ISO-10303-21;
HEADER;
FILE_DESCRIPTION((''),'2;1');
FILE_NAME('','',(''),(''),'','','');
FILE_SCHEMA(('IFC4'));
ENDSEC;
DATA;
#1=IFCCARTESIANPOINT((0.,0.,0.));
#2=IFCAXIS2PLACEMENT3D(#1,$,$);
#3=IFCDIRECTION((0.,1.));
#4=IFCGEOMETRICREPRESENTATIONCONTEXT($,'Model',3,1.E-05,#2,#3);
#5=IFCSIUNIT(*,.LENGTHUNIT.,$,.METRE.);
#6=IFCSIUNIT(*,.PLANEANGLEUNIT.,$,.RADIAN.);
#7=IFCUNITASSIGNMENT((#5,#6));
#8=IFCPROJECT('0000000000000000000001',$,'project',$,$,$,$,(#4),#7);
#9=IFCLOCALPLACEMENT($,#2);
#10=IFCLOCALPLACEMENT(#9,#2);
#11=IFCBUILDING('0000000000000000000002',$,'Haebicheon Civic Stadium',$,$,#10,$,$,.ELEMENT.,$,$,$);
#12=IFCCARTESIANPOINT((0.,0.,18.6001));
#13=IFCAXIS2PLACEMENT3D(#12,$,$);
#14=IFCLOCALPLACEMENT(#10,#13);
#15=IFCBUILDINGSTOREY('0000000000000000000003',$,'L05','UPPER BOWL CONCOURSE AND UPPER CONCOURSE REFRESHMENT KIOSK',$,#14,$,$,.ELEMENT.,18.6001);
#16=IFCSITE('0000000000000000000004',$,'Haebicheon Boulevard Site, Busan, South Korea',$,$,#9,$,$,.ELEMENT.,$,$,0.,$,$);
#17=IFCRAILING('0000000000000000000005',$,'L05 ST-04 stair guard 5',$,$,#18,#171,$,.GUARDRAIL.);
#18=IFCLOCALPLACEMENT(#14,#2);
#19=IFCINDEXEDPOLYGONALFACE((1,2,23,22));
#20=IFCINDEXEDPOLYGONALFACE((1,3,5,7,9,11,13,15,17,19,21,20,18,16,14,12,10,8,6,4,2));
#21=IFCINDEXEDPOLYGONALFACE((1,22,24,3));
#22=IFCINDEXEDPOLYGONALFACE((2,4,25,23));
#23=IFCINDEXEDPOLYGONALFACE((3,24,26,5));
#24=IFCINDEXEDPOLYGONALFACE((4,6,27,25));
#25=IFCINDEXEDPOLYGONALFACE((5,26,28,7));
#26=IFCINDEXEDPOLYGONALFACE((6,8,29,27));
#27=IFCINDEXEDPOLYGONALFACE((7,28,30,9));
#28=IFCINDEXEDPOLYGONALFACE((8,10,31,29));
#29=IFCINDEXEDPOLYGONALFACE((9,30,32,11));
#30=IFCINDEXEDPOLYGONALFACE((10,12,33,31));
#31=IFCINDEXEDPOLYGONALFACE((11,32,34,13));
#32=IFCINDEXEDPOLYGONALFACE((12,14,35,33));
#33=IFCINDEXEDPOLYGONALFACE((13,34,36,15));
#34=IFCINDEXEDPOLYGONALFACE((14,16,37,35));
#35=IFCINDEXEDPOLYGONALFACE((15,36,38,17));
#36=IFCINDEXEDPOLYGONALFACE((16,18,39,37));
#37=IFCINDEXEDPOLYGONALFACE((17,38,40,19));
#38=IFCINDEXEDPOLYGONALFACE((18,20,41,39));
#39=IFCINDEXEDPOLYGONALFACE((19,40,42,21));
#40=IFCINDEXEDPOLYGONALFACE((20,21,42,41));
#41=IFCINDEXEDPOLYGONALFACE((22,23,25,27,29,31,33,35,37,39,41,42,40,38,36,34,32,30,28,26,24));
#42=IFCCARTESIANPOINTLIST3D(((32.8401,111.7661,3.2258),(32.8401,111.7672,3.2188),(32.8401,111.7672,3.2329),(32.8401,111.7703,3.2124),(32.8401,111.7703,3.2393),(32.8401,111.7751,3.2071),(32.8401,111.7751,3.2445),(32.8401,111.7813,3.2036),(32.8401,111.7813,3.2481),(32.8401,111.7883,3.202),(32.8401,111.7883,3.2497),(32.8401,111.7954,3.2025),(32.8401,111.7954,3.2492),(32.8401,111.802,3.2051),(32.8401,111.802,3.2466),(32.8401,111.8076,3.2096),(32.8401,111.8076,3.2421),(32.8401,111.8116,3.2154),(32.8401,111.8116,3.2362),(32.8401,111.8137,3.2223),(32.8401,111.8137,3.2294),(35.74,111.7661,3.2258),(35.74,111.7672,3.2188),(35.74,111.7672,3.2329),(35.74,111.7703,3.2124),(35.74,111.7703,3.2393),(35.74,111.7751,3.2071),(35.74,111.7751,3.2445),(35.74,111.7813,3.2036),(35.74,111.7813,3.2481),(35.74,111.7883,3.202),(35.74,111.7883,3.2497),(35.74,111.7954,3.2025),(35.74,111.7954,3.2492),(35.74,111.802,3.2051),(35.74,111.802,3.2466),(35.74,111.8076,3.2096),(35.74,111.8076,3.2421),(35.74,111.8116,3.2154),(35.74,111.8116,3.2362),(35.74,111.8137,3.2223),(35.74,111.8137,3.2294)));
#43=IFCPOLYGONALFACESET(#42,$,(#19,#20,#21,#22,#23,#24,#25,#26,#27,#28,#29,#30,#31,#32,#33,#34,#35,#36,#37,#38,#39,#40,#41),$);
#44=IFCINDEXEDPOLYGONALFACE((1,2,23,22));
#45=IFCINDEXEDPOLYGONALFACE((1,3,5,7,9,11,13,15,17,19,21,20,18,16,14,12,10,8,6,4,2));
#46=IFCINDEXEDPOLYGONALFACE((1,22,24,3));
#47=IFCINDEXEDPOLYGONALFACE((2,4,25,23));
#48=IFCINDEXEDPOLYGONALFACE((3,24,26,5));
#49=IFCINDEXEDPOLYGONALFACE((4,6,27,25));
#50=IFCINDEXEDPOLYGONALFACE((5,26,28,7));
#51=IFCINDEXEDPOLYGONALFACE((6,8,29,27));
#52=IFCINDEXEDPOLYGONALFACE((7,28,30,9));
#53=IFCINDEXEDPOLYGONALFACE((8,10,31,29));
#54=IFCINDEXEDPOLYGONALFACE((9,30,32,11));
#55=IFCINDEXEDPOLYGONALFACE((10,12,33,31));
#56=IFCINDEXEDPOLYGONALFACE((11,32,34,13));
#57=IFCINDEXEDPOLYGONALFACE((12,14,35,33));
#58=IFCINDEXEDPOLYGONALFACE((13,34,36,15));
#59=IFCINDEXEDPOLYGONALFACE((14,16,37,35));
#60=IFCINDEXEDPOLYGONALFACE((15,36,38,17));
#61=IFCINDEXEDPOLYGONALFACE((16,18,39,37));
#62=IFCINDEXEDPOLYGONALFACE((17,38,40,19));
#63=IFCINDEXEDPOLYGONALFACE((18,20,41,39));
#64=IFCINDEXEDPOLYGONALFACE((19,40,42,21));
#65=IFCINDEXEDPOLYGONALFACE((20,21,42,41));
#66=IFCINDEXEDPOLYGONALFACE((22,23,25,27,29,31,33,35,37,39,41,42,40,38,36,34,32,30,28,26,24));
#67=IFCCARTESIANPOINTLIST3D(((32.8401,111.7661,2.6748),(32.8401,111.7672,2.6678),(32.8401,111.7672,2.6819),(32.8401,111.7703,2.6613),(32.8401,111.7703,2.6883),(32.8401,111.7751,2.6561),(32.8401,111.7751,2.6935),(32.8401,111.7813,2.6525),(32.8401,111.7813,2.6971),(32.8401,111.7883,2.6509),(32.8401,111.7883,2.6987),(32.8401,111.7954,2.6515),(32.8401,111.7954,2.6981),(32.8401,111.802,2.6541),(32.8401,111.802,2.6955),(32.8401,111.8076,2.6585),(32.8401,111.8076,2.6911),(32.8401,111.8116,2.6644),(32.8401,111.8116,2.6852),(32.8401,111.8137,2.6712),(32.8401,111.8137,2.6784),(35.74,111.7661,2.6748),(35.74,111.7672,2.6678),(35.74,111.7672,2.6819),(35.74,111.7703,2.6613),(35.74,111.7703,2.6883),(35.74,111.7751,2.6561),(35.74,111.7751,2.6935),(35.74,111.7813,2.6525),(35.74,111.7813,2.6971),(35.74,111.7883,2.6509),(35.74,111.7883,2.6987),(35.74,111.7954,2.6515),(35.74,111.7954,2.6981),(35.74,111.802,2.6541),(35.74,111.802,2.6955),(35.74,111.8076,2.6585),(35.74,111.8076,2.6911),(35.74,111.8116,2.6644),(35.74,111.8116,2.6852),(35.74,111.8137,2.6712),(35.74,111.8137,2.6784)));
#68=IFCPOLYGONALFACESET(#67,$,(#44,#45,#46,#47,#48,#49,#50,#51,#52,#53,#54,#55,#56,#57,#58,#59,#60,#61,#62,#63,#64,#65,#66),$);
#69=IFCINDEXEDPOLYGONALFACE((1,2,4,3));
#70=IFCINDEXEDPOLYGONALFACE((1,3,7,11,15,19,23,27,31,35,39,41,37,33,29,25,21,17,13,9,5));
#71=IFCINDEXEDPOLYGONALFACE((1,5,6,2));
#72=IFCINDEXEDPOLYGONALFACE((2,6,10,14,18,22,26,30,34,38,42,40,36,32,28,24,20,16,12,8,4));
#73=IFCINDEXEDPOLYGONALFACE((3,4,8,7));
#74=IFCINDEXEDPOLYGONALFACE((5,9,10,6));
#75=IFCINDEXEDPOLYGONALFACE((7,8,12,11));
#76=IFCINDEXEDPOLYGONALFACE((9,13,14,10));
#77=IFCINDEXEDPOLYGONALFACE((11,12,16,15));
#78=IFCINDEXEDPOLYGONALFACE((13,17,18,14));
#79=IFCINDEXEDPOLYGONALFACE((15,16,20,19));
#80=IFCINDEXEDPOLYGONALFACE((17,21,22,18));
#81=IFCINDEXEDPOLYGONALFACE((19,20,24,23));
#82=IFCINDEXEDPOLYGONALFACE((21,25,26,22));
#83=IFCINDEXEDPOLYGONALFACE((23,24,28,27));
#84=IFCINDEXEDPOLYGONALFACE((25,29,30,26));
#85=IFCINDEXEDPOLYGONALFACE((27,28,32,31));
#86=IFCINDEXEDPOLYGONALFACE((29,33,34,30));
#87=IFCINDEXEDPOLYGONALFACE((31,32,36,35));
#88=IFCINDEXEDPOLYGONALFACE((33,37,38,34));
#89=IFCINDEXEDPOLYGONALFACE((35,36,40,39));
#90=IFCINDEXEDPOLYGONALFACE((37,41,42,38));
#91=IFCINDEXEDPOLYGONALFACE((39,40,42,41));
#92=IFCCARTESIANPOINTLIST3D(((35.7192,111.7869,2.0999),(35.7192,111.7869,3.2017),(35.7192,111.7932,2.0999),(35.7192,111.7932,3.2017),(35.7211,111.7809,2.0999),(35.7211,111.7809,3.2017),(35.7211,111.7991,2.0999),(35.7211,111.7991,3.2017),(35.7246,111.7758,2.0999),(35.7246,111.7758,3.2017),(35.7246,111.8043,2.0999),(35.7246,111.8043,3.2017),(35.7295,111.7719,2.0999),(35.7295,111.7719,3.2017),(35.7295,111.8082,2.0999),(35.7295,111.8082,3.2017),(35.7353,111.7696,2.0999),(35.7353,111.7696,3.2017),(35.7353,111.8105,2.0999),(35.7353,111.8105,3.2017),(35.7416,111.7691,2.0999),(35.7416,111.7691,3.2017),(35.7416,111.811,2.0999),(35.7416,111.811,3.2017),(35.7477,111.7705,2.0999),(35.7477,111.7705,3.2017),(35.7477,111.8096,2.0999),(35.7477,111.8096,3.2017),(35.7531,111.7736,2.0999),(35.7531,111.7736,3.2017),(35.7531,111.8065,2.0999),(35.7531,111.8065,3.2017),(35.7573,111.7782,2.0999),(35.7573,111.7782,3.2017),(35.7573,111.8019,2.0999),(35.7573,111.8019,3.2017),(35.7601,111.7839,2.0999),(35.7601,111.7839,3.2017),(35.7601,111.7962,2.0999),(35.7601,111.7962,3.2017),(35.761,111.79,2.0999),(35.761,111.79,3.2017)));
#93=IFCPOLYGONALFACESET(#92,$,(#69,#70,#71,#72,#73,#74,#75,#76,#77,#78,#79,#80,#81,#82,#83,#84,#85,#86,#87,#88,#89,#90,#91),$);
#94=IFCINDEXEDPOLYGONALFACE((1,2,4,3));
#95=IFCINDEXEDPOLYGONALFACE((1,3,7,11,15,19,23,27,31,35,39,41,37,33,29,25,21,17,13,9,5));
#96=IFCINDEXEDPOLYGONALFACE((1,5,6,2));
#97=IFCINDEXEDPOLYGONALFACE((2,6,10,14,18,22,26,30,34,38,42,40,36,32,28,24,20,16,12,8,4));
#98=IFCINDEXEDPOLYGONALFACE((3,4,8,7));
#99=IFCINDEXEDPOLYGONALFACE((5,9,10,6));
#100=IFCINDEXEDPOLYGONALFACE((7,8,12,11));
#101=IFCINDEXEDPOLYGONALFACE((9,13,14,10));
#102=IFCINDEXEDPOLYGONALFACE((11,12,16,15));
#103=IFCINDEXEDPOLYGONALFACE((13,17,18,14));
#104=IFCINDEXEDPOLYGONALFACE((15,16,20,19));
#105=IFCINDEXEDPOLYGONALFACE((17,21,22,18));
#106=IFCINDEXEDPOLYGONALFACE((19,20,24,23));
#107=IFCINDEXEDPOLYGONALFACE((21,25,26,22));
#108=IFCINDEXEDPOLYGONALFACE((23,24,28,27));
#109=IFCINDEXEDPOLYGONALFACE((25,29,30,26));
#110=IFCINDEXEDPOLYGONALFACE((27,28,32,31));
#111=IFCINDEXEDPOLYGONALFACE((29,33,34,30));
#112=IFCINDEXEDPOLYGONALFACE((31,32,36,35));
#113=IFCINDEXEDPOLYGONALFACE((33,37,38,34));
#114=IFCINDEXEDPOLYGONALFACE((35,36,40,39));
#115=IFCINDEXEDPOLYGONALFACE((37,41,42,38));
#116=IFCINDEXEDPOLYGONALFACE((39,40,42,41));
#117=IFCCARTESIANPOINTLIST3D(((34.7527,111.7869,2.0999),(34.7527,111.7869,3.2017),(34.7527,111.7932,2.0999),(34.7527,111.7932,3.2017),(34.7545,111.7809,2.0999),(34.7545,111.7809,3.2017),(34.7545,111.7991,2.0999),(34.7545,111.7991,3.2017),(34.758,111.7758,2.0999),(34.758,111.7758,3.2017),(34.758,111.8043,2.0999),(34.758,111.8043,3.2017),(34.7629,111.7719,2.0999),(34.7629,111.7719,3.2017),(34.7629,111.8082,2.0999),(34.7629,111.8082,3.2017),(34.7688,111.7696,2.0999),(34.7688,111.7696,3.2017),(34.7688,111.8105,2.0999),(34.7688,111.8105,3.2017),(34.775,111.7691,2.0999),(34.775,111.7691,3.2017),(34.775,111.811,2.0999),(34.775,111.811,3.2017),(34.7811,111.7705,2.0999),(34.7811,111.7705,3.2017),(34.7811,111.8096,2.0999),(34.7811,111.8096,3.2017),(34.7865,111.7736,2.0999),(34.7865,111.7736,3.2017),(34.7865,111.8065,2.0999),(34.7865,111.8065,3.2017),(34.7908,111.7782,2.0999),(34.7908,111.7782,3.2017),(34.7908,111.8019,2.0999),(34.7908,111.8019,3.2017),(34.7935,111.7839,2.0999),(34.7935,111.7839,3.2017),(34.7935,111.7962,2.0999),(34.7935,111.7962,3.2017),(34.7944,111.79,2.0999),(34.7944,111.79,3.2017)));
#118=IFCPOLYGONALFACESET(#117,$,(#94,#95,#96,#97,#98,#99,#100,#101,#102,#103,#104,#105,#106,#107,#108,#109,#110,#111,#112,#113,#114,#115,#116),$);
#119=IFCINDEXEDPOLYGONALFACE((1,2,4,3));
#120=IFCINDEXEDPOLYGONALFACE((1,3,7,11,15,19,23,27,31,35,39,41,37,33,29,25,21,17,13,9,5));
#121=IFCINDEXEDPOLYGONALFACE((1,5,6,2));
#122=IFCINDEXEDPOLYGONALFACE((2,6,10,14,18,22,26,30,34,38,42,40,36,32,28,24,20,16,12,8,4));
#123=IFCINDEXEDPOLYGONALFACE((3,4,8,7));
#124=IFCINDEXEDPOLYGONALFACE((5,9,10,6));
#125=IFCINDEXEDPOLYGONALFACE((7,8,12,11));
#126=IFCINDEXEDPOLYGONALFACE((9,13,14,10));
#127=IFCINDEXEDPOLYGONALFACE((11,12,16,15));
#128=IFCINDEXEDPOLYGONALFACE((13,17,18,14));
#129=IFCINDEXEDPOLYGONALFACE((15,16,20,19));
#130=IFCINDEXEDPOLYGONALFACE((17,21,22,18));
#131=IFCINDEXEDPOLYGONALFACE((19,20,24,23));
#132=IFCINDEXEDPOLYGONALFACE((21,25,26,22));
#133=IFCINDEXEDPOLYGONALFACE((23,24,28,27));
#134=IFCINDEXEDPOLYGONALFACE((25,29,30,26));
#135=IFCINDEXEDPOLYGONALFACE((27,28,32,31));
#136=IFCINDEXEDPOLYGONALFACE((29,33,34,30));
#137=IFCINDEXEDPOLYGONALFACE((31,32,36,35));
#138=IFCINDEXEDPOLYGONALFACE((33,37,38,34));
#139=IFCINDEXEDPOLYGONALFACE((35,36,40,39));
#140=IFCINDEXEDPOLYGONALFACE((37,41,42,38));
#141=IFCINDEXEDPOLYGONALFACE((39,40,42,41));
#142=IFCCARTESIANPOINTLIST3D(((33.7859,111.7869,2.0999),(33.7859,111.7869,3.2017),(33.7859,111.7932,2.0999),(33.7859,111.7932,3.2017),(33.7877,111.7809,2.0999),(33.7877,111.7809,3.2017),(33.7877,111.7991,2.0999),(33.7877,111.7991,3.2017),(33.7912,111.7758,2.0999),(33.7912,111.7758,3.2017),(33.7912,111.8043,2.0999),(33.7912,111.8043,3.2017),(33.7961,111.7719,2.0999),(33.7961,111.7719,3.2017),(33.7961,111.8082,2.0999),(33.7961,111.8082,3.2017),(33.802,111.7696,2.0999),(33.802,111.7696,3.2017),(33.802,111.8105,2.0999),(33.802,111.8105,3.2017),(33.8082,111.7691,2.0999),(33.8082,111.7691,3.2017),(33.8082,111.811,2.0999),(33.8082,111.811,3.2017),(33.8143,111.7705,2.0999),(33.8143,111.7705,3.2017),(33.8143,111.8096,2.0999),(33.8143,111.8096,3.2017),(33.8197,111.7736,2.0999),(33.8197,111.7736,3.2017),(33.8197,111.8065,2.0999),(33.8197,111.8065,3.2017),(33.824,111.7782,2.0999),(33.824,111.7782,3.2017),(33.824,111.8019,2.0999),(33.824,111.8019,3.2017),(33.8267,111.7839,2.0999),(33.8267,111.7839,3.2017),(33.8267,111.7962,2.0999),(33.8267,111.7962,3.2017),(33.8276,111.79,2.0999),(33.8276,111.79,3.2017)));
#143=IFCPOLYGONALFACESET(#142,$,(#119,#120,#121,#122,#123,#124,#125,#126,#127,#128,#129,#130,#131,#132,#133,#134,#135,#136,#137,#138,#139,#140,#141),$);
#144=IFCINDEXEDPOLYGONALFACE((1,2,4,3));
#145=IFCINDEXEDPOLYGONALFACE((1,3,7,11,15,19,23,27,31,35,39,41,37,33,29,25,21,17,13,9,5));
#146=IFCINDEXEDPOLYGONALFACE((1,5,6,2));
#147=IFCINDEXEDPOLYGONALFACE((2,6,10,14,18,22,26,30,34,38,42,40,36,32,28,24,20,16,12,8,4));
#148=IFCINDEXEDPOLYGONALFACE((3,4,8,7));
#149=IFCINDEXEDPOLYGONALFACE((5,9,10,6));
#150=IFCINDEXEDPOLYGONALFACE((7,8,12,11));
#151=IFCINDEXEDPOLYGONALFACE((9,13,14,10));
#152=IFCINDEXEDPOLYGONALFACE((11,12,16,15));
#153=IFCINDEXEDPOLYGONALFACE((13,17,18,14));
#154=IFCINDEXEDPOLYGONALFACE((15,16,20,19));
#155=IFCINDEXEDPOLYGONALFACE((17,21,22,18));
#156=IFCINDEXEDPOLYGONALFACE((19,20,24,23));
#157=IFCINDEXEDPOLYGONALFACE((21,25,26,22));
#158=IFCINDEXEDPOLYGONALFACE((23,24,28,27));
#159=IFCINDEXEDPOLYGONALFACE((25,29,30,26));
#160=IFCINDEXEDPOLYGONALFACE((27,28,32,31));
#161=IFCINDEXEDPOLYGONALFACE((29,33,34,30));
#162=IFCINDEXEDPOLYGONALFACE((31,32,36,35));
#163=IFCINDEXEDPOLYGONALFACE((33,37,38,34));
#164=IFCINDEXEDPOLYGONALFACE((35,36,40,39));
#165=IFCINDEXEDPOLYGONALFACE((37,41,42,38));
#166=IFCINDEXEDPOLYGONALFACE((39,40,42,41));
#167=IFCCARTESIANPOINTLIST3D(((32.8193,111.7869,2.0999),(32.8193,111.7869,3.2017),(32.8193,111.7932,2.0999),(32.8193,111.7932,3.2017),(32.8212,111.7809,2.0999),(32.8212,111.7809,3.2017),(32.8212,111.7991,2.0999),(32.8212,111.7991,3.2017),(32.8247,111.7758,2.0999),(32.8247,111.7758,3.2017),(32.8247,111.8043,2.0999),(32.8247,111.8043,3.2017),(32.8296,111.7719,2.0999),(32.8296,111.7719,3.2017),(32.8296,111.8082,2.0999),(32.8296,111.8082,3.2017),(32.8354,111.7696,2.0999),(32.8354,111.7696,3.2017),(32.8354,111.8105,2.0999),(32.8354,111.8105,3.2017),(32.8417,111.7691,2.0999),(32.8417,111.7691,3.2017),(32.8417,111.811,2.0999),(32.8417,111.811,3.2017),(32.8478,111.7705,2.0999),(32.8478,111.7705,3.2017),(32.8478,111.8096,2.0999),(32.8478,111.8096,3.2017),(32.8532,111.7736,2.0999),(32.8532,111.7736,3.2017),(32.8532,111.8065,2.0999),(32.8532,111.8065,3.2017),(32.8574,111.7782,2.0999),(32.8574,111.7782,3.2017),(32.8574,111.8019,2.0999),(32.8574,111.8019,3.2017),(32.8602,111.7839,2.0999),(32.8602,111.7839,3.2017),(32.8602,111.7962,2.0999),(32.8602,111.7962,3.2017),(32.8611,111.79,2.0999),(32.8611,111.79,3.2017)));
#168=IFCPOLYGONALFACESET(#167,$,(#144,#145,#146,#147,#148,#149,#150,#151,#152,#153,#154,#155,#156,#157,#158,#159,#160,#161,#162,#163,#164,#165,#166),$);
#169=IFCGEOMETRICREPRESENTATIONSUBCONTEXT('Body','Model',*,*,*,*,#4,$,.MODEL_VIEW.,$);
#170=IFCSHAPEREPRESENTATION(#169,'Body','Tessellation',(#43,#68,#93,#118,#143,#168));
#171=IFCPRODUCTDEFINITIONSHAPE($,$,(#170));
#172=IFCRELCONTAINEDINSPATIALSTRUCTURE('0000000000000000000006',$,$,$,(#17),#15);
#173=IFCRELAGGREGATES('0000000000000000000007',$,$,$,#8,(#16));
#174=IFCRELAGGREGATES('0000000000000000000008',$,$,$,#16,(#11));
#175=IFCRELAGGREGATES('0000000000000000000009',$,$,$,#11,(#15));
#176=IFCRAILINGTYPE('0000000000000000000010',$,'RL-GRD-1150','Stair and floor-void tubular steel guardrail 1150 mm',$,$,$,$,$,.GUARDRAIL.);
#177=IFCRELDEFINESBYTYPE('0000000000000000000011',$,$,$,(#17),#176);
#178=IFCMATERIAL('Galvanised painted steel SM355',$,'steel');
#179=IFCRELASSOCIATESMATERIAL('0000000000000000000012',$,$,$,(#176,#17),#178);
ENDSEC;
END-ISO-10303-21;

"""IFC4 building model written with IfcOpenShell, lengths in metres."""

from ifc_helpers import new_model, si_unit, direction, frame, origin, origin_2d, place, context, subcontext, project, spatial, circle, extrude, material, type_object, element, save


model = new_model("IFC4")

# Units and contexts
model_context = context("Model", 3, precision=1e-05, world=origin(), true_north=direction((0.0, 1.0)))
body_context = subcontext(model_context, "Body", "Model", "MODEL_VIEW")
ifc_project = project(units=[si_unit("LENGTHUNIT", "METRE"), si_unit("PLANEANGLEUNIT", "RADIAN")], contexts=[model_context])

# Site, building, storey
site_placement = place(None, origin())
site = spatial("IfcSite", under=ifc_project, at=site_placement, Name="Haebicheon Boulevard Site, Busan, South Korea", CompositionType="ELEMENT", RefElevation=0.0)
building_placement = place(site_placement, origin())
building = spatial("IfcBuilding", under=site, at=building_placement, Name="Haebicheon Civic Stadium", CompositionType="ELEMENT")
storey_placement = place(building_placement, frame((0.0, 0.0, 18.6001)))
storey = spatial("IfcBuildingStorey", under=building, at=storey_placement, Name="L05", Description="UPPER BOWL CONCOURSE AND UPPER CONCOURSE REFRESHMENT KIOSK", CompositionType="ELEMENT", Elevation=18.6001)

# Railing
ifc_material_1 = material(Name="Galvanised painted steel SM355", Category="steel")
railing_type_1 = type_object("IfcRailingType", Name="RL-GRD-1150", Description="Stair and floor-void tubular steel guardrail 1150 mm", PredefinedType="GUARDRAIL", material=ifc_material_1)
railing_1_placement = place(storey_placement, frame((35.74, 111.79, 2.0999)))
element("IfcRailing", 1, at=railing_1_placement, inside=storey, type_object=railing_type_1, material=ifc_material_1, Name="L05 ST-04 stair guard 5", PredefinedType="GUARDRAIL", context=body_context, shape_type="SweptSolid", body=[
    extrude(circle(Radius=0.0239, at=origin_2d()), frame((0.0, 0.0, 1.126), z_axis=(-1.0, 0.0, 0.0), x_axis=(0.0, -1.0, 0.0)), (0.0, 0.0, 1.0), 2.8999),
    extrude(circle(Radius=0.0239, at=origin_2d()), frame((0.0, 0.0, 0.575), z_axis=(-1.0, 0.0, 0.0), x_axis=(0.0, -1.0, 0.0)), (0.0, 0.0, 1.0), 2.8999),
    extrude(circle(Radius=0.021, at=origin_2d()), origin(), (0.0, 0.0, 1.0), 1.1018),
    extrude(circle(Radius=0.021, at=origin_2d()), frame((-0.9666, 0.0, 0.0)), (0.0, 0.0, 1.0), 1.1018),
    extrude(circle(Radius=0.021, at=origin_2d()), frame((-1.9333, 0.0, 0.0)), (0.0, 0.0, 1.0), 1.1018),
    extrude(circle(Radius=0.021, at=origin_2d()), frame((-2.8999, 0.0, 0.0)), (0.0, 0.0, 1.0), 1.1018),
])

save(model, "model.ifc")
